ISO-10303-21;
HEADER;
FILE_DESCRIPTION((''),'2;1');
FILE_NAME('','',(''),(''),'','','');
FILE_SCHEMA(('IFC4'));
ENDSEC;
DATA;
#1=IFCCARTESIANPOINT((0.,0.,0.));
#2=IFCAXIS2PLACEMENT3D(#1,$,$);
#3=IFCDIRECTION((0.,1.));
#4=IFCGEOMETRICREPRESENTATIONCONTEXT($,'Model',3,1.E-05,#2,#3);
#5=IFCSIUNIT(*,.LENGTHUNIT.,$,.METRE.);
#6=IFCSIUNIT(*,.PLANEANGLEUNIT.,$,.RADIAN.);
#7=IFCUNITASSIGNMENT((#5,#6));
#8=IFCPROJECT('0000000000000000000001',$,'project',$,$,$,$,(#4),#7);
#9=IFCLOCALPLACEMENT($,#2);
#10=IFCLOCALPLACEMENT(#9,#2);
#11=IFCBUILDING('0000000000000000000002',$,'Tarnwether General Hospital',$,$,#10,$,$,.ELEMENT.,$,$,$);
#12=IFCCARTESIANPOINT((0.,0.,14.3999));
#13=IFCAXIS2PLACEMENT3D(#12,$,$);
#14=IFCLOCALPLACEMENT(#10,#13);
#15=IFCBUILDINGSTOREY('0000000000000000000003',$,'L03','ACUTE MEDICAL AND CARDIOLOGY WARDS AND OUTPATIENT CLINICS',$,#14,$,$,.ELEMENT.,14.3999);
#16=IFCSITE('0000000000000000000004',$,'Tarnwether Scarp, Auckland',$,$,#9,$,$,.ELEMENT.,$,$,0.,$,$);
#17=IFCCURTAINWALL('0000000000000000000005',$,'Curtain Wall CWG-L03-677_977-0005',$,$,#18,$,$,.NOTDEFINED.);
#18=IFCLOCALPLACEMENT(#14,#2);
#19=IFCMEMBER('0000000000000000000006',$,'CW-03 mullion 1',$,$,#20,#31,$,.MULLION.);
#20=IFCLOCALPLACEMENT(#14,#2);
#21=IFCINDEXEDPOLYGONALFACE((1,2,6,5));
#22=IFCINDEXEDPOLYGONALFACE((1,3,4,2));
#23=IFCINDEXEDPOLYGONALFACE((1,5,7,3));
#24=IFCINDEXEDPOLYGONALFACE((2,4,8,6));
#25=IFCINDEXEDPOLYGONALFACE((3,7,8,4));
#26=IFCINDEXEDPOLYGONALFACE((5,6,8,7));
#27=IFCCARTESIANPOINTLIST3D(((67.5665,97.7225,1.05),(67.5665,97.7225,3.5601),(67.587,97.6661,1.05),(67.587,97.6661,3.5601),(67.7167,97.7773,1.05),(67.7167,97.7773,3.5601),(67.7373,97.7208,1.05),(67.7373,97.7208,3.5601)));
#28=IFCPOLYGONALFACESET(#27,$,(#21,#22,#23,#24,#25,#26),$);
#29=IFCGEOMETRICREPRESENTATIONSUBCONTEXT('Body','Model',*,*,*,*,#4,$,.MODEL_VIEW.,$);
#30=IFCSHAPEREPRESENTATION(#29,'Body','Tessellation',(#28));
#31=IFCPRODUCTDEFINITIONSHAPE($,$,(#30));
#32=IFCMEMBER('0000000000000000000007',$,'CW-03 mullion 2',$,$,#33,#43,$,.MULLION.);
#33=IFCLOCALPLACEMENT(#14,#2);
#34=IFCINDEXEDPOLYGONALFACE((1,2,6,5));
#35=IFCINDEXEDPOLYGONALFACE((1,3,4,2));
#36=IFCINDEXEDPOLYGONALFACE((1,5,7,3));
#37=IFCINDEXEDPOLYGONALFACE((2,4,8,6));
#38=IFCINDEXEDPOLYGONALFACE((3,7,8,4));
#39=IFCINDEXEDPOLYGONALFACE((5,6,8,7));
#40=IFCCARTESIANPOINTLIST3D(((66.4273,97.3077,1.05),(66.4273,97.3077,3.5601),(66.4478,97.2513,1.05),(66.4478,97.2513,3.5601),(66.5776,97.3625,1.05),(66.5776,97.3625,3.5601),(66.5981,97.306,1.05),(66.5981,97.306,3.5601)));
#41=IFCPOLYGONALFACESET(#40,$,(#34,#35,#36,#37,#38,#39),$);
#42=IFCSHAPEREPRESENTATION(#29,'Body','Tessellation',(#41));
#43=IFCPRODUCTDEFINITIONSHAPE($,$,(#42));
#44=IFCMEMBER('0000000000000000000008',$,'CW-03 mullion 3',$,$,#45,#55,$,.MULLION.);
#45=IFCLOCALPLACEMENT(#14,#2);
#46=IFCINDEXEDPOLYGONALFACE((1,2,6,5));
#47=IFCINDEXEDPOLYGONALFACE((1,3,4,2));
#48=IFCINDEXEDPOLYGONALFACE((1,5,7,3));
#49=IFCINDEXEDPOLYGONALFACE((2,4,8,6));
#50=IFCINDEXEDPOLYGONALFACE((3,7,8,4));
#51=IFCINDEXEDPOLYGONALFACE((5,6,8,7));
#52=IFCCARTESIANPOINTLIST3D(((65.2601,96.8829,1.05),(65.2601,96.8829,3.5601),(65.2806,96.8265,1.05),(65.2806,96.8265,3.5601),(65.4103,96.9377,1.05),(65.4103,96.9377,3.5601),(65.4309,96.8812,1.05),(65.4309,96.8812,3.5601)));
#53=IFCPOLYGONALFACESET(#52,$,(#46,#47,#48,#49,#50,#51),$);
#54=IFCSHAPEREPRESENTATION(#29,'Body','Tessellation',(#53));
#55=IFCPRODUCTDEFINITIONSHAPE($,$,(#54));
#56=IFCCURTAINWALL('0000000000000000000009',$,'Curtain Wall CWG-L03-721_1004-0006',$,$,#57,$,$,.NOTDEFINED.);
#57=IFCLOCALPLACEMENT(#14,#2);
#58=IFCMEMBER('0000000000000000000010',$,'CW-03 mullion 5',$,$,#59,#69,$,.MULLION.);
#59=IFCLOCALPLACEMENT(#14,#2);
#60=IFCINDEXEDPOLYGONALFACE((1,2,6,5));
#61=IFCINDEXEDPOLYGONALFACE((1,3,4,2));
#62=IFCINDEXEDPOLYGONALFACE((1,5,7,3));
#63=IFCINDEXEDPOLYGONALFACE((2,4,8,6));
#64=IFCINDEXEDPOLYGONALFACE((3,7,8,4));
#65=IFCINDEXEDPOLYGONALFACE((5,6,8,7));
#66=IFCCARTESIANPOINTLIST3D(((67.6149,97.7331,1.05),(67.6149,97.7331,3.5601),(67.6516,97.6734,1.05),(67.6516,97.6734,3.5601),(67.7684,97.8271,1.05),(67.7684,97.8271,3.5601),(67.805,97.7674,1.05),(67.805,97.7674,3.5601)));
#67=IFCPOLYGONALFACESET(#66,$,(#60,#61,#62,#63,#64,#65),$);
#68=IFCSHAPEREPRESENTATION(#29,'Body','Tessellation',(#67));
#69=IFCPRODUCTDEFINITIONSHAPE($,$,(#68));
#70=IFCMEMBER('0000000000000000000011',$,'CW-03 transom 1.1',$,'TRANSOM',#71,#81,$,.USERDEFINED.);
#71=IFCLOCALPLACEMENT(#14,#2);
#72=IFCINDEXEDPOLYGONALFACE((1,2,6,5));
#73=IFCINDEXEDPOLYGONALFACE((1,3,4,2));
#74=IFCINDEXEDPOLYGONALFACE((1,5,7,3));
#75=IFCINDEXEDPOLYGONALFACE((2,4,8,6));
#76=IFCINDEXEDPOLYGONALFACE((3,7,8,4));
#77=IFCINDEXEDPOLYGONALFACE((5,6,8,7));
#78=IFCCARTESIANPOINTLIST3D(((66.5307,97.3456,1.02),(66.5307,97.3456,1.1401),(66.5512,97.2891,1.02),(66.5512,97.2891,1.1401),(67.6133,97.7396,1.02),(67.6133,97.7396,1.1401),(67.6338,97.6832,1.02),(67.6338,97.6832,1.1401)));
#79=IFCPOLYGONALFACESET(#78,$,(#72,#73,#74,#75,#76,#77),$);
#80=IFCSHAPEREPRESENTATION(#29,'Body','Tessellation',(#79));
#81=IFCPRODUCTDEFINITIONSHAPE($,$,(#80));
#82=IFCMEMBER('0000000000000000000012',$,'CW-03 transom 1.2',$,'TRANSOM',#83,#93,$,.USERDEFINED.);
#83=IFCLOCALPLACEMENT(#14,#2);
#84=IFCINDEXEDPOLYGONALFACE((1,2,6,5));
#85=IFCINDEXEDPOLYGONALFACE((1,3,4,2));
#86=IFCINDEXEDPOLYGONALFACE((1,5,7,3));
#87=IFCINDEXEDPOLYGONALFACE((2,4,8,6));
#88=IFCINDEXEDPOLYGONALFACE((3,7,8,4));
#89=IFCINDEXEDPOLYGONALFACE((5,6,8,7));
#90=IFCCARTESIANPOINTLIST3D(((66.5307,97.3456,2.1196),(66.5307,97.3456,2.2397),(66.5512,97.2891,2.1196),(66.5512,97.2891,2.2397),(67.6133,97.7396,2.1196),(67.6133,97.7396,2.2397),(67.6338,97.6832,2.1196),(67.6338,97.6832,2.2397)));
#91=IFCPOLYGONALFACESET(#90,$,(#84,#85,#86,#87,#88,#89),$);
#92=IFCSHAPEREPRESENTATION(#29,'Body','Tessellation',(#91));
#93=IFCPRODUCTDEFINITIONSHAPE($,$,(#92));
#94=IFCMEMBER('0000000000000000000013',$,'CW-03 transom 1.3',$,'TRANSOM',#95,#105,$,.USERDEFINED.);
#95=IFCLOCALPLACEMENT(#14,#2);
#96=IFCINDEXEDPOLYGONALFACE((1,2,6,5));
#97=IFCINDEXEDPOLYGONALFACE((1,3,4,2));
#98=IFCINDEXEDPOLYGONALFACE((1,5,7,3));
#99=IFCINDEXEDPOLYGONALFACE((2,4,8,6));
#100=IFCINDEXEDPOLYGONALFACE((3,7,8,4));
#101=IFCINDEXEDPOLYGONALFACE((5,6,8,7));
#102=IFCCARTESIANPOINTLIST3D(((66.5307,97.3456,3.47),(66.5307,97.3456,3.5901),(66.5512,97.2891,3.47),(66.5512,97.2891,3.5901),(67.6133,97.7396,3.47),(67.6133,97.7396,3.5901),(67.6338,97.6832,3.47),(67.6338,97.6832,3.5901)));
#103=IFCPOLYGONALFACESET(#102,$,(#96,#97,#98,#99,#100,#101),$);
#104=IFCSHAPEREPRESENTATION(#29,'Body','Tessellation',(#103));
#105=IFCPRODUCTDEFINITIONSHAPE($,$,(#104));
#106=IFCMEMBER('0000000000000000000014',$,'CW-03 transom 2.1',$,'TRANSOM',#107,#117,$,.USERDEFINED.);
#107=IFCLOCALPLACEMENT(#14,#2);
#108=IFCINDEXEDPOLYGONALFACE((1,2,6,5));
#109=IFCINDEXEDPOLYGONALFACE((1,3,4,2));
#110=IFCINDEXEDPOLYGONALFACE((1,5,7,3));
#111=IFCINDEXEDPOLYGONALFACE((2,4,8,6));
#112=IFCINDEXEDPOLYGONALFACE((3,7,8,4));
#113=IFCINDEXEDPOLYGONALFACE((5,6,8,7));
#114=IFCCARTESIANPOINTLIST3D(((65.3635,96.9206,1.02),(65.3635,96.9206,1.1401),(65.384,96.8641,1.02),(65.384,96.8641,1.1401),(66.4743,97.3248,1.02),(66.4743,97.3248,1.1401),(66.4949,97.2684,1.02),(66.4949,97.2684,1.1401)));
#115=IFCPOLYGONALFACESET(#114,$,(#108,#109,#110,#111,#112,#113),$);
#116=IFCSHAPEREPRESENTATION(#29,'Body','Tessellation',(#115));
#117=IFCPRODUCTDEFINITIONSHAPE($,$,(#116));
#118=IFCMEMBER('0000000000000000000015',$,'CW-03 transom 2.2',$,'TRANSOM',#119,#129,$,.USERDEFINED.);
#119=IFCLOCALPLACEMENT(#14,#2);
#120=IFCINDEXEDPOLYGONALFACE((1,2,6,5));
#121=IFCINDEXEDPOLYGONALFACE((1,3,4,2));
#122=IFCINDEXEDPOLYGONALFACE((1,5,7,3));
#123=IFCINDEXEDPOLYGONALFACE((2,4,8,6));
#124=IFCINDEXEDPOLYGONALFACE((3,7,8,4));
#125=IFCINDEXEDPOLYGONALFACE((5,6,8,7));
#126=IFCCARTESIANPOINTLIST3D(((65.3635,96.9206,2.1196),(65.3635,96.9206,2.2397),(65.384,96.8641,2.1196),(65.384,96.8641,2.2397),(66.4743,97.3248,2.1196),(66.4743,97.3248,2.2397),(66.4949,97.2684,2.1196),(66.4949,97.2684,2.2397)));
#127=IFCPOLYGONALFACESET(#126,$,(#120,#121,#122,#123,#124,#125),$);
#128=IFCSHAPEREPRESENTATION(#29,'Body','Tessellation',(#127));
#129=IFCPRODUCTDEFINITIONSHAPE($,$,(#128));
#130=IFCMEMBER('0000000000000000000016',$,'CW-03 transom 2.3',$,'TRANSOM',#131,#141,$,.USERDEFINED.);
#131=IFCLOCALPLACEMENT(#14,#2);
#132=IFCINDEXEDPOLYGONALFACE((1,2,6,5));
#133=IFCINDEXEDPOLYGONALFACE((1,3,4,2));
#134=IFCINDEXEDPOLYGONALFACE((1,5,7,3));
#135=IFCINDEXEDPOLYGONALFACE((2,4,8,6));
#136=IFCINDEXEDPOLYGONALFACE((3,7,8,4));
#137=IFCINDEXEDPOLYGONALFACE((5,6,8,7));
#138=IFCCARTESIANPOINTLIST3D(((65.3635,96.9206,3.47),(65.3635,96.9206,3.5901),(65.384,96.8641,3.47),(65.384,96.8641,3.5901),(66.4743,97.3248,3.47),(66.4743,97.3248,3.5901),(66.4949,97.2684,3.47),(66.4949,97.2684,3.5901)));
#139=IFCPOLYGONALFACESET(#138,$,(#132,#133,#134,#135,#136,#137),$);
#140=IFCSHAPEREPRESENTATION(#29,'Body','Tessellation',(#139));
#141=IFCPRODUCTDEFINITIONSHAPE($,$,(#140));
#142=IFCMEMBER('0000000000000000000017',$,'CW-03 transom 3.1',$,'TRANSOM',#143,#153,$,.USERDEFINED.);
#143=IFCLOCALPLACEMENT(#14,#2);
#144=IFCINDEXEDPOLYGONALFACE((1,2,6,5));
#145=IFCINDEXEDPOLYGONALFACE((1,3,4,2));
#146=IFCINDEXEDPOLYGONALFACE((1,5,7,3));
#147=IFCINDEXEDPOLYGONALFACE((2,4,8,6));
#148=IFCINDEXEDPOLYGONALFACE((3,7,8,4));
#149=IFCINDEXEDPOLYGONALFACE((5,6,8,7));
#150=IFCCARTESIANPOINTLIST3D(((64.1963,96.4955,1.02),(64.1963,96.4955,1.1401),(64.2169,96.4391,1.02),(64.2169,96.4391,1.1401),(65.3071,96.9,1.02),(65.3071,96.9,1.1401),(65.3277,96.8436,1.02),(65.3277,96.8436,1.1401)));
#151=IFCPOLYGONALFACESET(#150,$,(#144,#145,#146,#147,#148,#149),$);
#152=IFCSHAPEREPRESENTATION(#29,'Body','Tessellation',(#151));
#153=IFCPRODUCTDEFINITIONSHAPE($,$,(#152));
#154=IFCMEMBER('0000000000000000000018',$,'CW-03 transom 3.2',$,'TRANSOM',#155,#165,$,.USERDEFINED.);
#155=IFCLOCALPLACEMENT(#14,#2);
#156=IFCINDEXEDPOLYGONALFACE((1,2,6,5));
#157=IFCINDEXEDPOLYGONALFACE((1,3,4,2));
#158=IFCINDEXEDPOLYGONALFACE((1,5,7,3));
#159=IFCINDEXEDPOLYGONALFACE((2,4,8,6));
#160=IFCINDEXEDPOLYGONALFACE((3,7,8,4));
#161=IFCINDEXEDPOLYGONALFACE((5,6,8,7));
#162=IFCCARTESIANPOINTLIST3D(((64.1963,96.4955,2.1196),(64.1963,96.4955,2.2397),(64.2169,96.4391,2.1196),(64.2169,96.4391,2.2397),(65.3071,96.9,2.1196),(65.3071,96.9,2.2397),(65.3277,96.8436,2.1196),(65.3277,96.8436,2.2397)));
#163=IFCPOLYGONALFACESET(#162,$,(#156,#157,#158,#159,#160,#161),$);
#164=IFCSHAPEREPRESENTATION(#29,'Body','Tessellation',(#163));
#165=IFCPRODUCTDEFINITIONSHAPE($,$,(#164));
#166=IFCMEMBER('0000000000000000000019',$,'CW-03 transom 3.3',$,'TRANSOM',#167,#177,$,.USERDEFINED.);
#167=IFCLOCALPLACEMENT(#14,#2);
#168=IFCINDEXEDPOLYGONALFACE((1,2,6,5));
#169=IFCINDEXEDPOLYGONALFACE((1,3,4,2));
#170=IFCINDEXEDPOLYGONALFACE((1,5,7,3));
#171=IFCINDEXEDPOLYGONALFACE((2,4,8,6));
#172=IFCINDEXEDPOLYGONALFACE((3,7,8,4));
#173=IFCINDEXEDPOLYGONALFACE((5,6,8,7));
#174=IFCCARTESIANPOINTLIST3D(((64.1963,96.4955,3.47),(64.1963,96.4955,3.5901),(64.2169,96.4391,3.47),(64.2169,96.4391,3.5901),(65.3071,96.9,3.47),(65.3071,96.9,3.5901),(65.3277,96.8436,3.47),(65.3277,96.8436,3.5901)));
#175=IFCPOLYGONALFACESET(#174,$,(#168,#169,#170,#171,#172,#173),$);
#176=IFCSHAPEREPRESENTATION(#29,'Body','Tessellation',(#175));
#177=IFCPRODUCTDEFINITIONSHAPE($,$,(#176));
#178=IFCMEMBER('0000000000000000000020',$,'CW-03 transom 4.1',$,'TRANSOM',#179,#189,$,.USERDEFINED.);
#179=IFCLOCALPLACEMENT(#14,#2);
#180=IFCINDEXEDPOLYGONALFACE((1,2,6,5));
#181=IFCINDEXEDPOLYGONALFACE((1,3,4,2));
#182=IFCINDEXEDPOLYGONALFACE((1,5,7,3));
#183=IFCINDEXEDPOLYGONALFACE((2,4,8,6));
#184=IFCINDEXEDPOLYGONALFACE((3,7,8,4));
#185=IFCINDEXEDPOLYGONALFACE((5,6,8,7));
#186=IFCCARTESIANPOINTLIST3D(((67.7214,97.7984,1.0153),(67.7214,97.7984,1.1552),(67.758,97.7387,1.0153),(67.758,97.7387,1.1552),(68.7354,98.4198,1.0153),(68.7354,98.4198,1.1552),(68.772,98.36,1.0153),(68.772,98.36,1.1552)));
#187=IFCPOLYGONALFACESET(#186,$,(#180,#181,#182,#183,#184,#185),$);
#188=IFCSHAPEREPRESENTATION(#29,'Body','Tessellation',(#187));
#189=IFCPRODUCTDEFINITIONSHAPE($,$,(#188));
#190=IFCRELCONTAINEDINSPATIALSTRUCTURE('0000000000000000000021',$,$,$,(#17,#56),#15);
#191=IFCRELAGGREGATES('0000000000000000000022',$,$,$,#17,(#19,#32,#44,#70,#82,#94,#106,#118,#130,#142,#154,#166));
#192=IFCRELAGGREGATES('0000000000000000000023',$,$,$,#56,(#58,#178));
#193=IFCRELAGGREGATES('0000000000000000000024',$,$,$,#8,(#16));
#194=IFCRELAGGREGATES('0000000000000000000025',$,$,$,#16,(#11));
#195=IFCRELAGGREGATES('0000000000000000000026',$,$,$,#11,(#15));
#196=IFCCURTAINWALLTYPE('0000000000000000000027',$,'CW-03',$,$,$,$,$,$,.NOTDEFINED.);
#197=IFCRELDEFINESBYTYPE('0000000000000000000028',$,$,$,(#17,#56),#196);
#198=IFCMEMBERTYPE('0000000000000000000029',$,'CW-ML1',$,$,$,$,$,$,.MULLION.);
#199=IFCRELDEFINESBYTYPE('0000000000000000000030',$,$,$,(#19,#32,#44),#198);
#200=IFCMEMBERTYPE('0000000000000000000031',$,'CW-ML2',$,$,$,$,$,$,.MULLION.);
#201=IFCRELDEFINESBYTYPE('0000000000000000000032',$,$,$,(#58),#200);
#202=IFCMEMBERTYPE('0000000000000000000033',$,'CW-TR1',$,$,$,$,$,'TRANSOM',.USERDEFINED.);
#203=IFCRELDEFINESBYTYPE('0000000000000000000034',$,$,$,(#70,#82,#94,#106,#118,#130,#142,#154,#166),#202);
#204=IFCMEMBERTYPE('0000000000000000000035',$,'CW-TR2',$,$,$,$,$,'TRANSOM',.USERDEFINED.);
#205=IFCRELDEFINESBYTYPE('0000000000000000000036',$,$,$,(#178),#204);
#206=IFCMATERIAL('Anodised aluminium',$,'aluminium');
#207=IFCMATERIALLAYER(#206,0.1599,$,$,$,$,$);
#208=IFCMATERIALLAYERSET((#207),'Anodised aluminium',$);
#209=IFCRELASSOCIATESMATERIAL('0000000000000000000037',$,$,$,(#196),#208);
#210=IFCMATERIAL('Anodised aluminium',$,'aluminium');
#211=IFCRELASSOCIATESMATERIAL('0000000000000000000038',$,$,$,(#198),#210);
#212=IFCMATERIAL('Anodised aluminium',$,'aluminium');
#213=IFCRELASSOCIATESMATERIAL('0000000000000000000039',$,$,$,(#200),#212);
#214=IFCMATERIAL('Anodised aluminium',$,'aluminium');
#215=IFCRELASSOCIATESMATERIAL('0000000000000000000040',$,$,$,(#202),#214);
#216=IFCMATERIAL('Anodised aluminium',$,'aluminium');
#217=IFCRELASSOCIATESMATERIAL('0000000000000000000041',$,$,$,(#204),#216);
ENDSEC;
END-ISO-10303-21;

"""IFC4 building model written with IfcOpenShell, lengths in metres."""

from ifc_helpers import new_model, si_unit, direction, frame, origin, origin_2d, place, context, subcontext, project, spatial, rectangle, extrude, material, layer, layer_set, material_profile, profile_set, type_object, element, aggregate, save


model = new_model("IFC4")

# Units and contexts
model_context = context("Model", 3, precision=1e-05, world=origin(), true_north=direction((0.0, 1.0)))
body_context = subcontext(model_context, "Body", "Model", "MODEL_VIEW")
ifc_project = project(units=[si_unit("LENGTHUNIT", "METRE"), si_unit("PLANEANGLEUNIT", "RADIAN")], contexts=[model_context])

# Site, building, storey
site_placement = place(None, origin())
site = spatial("IfcSite", under=ifc_project, at=site_placement, Name="Tarnwether Scarp, Auckland", CompositionType="ELEMENT", RefElevation=0.0)
building_placement = place(site_placement, origin())
building = spatial("IfcBuilding", under=site, at=building_placement, Name="Tarnwether General Hospital", CompositionType="ELEMENT")
storey_placement = place(building_placement, frame((0.0, 0.0, 14.3999)))
storey = spatial("IfcBuildingStorey", under=building, at=storey_placement, Name="L03", Description="ACUTE MEDICAL AND CARDIOLOGY WARDS AND OUTPATIENT CLINICS", CompositionType="ELEMENT", Elevation=14.3999)

# Curtain wall, members
ifc_material_1 = material(Name="Anodised aluminium", Category="aluminium")
ifc_layer_1 = layer(ifc_material_1, 0.1599)
ifc_layer_set_1 = layer_set([ifc_layer_1], Name="Anodised aluminium")
curtain_wall_type = type_object("IfcCurtainWallType", Name="CW-03", PredefinedType="NOTDEFINED", material=ifc_layer_set_1)
curtain_wall_1_placement = place(storey_placement, origin())
curtain_wall_1 = element("IfcCurtainWall", 1, at=curtain_wall_1_placement, inside=storey, type_object=curtain_wall_type, Name="Curtain Wall CWG-L03-677_977-0005", PredefinedType="NOTDEFINED")
ifc_material_2 = material(Name="Anodised aluminium", Category="aluminium")
ifc_material_profile_1 = material_profile(ifc_material_2, rectangle(XDim=0.0601, YDim=0.1599, at=origin_2d()), Name="ALU-MUL-60x160")
ifc_profile_set_1 = profile_set([ifc_material_profile_1], Name="Anodised aluminium")
member_type_1 = type_object("IfcMemberType", Name="CW-ML1", PredefinedType="MULLION", material=ifc_profile_set_1)
member_1_placement = place(storey_placement, frame((67.6519, 97.7217, 1.05), z_axis=(0.0, 0.0, 1.0), x_axis=(0.342131, -0.939652, 0.0)))
member_1 = element("IfcMember", 2, at=member_1_placement, type_object=member_type_1, Name="CW-03 mullion 1", PredefinedType="MULLION", context=body_context, shape_type="SweptSolid", body=[
    extrude(rectangle(XDim=0.0601, YDim=0.1599, at=origin_2d()), origin(), (0.0, 0.0, 1.0), 2.51),
])
member_2_placement = place(storey_placement, frame((66.5127, 97.3069, 1.05), z_axis=(0.0, 0.0, 1.0), x_axis=(0.342131, -0.939652, 0.0)))
member_2 = element("IfcMember", 3, at=member_2_placement, type_object=member_type_1, Name="CW-03 mullion 2", PredefinedType="MULLION", context=body_context, shape_type="SweptSolid", body=[
    extrude(rectangle(XDim=0.0601, YDim=0.1599, at=origin_2d()), origin(), (0.0, 0.0, 1.0), 2.51),
])
member_3_placement = place(storey_placement, frame((65.3455, 96.8821, 1.05), z_axis=(0.0, 0.0, 1.0), x_axis=(0.342131, -0.939652, 0.0)))
member_3 = element("IfcMember", 4, at=member_3_placement, type_object=member_type_1, Name="CW-03 mullion 3", PredefinedType="MULLION", context=body_context, shape_type="SweptSolid", body=[
    extrude(rectangle(XDim=0.0601, YDim=0.1599, at=origin_2d()), origin(), (0.0, 0.0, 1.0), 2.51),
])

# Curtain wall, member
curtain_wall_2_placement = place(storey_placement, origin())
curtain_wall_2 = element("IfcCurtainWall", 5, at=curtain_wall_2_placement, inside=storey, type_object=curtain_wall_type, Name="Curtain Wall CWG-L03-721_1004-0006", PredefinedType="NOTDEFINED")
ifc_material_3 = material(Name="Anodised aluminium", Category="aluminium")
ifc_material_profile_2 = material_profile(ifc_material_3, rectangle(XDim=0.0701, YDim=0.1799, at=origin_2d()), Name="ALU-MUL-70x180")
ifc_profile_set_2 = profile_set([ifc_material_profile_2], Name="Anodised aluminium")
member_type_2 = type_object("IfcMemberType", Name="CW-ML2", PredefinedType="MULLION", material=ifc_profile_set_2)
member_4_placement = place(storey_placement, frame((67.71, 97.7502, 1.05), z_axis=(0.0, 0.0, 1.0), x_axis=(0.522512, -0.852632, 0.0)))
member_4 = element("IfcMember", 6, at=member_4_placement, type_object=member_type_2, Name="CW-03 mullion 5", PredefinedType="MULLION", context=body_context, shape_type="SweptSolid", body=[
    extrude(rectangle(XDim=0.0701, YDim=0.1799, at=origin_2d()), origin(), (0.0, 0.0, 1.0), 2.51),
])

# Members
ifc_material_4 = material(Name="Anodised aluminium", Category="aluminium")
ifc_material_profile_3 = material_profile(ifc_material_4, rectangle(XDim=0.0601, YDim=0.1201, at=origin_2d()), Name="ALU-TRN-60x120")
ifc_profile_set_3 = profile_set([ifc_material_profile_3], Name="Anodised aluminium")
member_type_3 = type_object("IfcMemberType", Name="CW-TR1", ElementType="TRANSOM", PredefinedType="USERDEFINED", material=ifc_profile_set_3)
member_5_placement = place(storey_placement, frame((67.6235, 97.7114, 1.0801), z_axis=(-0.939682, -0.342049, 0.0), x_axis=(0.342049, -0.939682, 0.0)))
member_5 = element("IfcMember", 7, at=member_5_placement, type_object=member_type_3, Name="CW-03 transom 1.1", ObjectType="TRANSOM", PredefinedType="USERDEFINED", context=body_context, shape_type="SweptSolid", body=[
    extrude(rectangle(XDim=0.0601, YDim=0.1201, at=origin_2d()), origin(), (0.0, 0.0, 1.0), 1.1521),
])
member_6_placement = place(storey_placement, frame((67.6235, 97.7114, 2.1797), z_axis=(-0.939682, -0.342049, 0.0), x_axis=(0.342049, -0.939682, 0.0)))
member_6 = element("IfcMember", 8, at=member_6_placement, type_object=member_type_3, Name="CW-03 transom 1.2", ObjectType="TRANSOM", PredefinedType="USERDEFINED", context=body_context, shape_type="SweptSolid", body=[
    extrude(rectangle(XDim=0.0601, YDim=0.1201, at=origin_2d()), origin(), (0.0, 0.0, 1.0), 1.1521),
])
member_7_placement = place(storey_placement, frame((67.6235, 97.7114, 3.53), z_axis=(-0.939682, -0.342049, 0.0), x_axis=(0.342049, -0.939682, 0.0)))
member_7 = element("IfcMember", 9, at=member_7_placement, type_object=member_type_3, Name="CW-03 transom 1.3", ObjectType="TRANSOM", PredefinedType="USERDEFINED", context=body_context, shape_type="SweptSolid", body=[
    extrude(rectangle(XDim=0.0601, YDim=0.1201, at=origin_2d()), origin(), (0.0, 0.0, 1.0), 1.1521),
])
member_8_placement = place(storey_placement, frame((66.4846, 97.2966, 1.0801), z_axis=(-0.939697, -0.342008, 0.0), x_axis=(0.342008, -0.939697, 0.0)))
member_8 = element("IfcMember", 10, at=member_8_placement, type_object=member_type_3, Name="CW-03 transom 2.1", ObjectType="TRANSOM", PredefinedType="USERDEFINED", context=body_context, shape_type="SweptSolid", body=[
    extrude(rectangle(XDim=0.0601, YDim=0.1201, at=origin_2d()), origin(), (0.0, 0.0, 1.0), 1.1821),
])
member_9_placement = place(storey_placement, frame((66.4846, 97.2966, 2.1797), z_axis=(-0.939697, -0.342008, 0.0), x_axis=(0.342008, -0.939697, 0.0)))
member_9 = element("IfcMember", 11, at=member_9_placement, type_object=member_type_3, Name="CW-03 transom 2.2", ObjectType="TRANSOM", PredefinedType="USERDEFINED", context=body_context, shape_type="SweptSolid", body=[
    extrude(rectangle(XDim=0.0601, YDim=0.1201, at=origin_2d()), origin(), (0.0, 0.0, 1.0), 1.1821),
])
member_10_placement = place(storey_placement, frame((66.4846, 97.2966, 3.53), z_axis=(-0.939697, -0.342008, 0.0), x_axis=(0.342008, -0.939697, 0.0)))
member_10 = element("IfcMember", 12, at=member_10_placement, type_object=member_type_3, Name="CW-03 transom 2.3", ObjectType="TRANSOM", PredefinedType="USERDEFINED", context=body_context, shape_type="SweptSolid", body=[
    extrude(rectangle(XDim=0.0601, YDim=0.1201, at=origin_2d()), origin(), (0.0, 0.0, 1.0), 1.1821),
])
member_11_placement = place(storey_placement, frame((65.3174, 96.8718, 1.0801), z_axis=(-0.939631, -0.342191, 0.0), x_axis=(0.342191, -0.939631, 0.0)))
member_11 = element("IfcMember", 13, at=member_11_placement, type_object=member_type_3, Name="CW-03 transom 3.1", ObjectType="TRANSOM", PredefinedType="USERDEFINED", context=body_context, shape_type="SweptSolid", body=[
    extrude(rectangle(XDim=0.0601, YDim=0.1201, at=origin_2d()), origin(), (0.0, 0.0, 1.0), 1.1821),
])
member_12_placement = place(storey_placement, frame((65.3174, 96.8718, 2.1797), z_axis=(-0.939631, -0.342191, 0.0), x_axis=(0.342191, -0.939631, 0.0)))
member_12 = element("IfcMember", 14, at=member_12_placement, type_object=member_type_3, Name="CW-03 transom 3.2", ObjectType="TRANSOM", PredefinedType="USERDEFINED", context=body_context, shape_type="SweptSolid", body=[
    extrude(rectangle(XDim=0.0601, YDim=0.1201, at=origin_2d()), origin(), (0.0, 0.0, 1.0), 1.1821),
])
member_13_placement = place(storey_placement, frame((65.3174, 96.8718, 3.53), z_axis=(-0.939631, -0.342191, 0.0), x_axis=(0.342191, -0.939631, 0.0)))
member_13 = element("IfcMember", 15, at=member_13_placement, type_object=member_type_3, Name="CW-03 transom 3.3", ObjectType="TRANSOM", PredefinedType="USERDEFINED", context=body_context, shape_type="SweptSolid", body=[
    extrude(rectangle(XDim=0.0601, YDim=0.1201, at=origin_2d()), origin(), (0.0, 0.0, 1.0), 1.1821),
])
ifc_material_5 = material(Name="Anodised aluminium", Category="aluminium")
ifc_material_profile_4 = material_profile(ifc_material_5, rectangle(XDim=0.0701, YDim=0.1399, at=origin_2d()), Name="ALU-TRN-70x140")
ifc_profile_set_4 = profile_set([ifc_material_profile_4], Name="Anodised aluminium")
member_type_4 = type_object("IfcMemberType", Name="CW-TR2", ElementType="TRANSOM", PredefinedType="USERDEFINED", material=ifc_profile_set_4)
member_14_placement = place(storey_placement, frame((68.7537, 98.3899, 1.0852), z_axis=(-0.852637, -0.522504, 0.0), x_axis=(0.522504, -0.852637, 0.0)))
member_14 = element("IfcMember", 16, at=member_14_placement, type_object=member_type_4, Name="CW-03 transom 4.1", ObjectType="TRANSOM", PredefinedType="USERDEFINED", context=body_context, shape_type="SweptSolid", body=[
    extrude(rectangle(XDim=0.0701, YDim=0.1399, at=origin_2d()), origin(), (0.0, 0.0, 1.0), 1.1892),
])

aggregate(curtain_wall_1, [member_1, member_2, member_3, member_5, member_6, member_7, member_8, member_9, member_10, member_11, member_12, member_13])
aggregate(curtain_wall_2, [member_4, member_14])

save(model, "model.ifc")
